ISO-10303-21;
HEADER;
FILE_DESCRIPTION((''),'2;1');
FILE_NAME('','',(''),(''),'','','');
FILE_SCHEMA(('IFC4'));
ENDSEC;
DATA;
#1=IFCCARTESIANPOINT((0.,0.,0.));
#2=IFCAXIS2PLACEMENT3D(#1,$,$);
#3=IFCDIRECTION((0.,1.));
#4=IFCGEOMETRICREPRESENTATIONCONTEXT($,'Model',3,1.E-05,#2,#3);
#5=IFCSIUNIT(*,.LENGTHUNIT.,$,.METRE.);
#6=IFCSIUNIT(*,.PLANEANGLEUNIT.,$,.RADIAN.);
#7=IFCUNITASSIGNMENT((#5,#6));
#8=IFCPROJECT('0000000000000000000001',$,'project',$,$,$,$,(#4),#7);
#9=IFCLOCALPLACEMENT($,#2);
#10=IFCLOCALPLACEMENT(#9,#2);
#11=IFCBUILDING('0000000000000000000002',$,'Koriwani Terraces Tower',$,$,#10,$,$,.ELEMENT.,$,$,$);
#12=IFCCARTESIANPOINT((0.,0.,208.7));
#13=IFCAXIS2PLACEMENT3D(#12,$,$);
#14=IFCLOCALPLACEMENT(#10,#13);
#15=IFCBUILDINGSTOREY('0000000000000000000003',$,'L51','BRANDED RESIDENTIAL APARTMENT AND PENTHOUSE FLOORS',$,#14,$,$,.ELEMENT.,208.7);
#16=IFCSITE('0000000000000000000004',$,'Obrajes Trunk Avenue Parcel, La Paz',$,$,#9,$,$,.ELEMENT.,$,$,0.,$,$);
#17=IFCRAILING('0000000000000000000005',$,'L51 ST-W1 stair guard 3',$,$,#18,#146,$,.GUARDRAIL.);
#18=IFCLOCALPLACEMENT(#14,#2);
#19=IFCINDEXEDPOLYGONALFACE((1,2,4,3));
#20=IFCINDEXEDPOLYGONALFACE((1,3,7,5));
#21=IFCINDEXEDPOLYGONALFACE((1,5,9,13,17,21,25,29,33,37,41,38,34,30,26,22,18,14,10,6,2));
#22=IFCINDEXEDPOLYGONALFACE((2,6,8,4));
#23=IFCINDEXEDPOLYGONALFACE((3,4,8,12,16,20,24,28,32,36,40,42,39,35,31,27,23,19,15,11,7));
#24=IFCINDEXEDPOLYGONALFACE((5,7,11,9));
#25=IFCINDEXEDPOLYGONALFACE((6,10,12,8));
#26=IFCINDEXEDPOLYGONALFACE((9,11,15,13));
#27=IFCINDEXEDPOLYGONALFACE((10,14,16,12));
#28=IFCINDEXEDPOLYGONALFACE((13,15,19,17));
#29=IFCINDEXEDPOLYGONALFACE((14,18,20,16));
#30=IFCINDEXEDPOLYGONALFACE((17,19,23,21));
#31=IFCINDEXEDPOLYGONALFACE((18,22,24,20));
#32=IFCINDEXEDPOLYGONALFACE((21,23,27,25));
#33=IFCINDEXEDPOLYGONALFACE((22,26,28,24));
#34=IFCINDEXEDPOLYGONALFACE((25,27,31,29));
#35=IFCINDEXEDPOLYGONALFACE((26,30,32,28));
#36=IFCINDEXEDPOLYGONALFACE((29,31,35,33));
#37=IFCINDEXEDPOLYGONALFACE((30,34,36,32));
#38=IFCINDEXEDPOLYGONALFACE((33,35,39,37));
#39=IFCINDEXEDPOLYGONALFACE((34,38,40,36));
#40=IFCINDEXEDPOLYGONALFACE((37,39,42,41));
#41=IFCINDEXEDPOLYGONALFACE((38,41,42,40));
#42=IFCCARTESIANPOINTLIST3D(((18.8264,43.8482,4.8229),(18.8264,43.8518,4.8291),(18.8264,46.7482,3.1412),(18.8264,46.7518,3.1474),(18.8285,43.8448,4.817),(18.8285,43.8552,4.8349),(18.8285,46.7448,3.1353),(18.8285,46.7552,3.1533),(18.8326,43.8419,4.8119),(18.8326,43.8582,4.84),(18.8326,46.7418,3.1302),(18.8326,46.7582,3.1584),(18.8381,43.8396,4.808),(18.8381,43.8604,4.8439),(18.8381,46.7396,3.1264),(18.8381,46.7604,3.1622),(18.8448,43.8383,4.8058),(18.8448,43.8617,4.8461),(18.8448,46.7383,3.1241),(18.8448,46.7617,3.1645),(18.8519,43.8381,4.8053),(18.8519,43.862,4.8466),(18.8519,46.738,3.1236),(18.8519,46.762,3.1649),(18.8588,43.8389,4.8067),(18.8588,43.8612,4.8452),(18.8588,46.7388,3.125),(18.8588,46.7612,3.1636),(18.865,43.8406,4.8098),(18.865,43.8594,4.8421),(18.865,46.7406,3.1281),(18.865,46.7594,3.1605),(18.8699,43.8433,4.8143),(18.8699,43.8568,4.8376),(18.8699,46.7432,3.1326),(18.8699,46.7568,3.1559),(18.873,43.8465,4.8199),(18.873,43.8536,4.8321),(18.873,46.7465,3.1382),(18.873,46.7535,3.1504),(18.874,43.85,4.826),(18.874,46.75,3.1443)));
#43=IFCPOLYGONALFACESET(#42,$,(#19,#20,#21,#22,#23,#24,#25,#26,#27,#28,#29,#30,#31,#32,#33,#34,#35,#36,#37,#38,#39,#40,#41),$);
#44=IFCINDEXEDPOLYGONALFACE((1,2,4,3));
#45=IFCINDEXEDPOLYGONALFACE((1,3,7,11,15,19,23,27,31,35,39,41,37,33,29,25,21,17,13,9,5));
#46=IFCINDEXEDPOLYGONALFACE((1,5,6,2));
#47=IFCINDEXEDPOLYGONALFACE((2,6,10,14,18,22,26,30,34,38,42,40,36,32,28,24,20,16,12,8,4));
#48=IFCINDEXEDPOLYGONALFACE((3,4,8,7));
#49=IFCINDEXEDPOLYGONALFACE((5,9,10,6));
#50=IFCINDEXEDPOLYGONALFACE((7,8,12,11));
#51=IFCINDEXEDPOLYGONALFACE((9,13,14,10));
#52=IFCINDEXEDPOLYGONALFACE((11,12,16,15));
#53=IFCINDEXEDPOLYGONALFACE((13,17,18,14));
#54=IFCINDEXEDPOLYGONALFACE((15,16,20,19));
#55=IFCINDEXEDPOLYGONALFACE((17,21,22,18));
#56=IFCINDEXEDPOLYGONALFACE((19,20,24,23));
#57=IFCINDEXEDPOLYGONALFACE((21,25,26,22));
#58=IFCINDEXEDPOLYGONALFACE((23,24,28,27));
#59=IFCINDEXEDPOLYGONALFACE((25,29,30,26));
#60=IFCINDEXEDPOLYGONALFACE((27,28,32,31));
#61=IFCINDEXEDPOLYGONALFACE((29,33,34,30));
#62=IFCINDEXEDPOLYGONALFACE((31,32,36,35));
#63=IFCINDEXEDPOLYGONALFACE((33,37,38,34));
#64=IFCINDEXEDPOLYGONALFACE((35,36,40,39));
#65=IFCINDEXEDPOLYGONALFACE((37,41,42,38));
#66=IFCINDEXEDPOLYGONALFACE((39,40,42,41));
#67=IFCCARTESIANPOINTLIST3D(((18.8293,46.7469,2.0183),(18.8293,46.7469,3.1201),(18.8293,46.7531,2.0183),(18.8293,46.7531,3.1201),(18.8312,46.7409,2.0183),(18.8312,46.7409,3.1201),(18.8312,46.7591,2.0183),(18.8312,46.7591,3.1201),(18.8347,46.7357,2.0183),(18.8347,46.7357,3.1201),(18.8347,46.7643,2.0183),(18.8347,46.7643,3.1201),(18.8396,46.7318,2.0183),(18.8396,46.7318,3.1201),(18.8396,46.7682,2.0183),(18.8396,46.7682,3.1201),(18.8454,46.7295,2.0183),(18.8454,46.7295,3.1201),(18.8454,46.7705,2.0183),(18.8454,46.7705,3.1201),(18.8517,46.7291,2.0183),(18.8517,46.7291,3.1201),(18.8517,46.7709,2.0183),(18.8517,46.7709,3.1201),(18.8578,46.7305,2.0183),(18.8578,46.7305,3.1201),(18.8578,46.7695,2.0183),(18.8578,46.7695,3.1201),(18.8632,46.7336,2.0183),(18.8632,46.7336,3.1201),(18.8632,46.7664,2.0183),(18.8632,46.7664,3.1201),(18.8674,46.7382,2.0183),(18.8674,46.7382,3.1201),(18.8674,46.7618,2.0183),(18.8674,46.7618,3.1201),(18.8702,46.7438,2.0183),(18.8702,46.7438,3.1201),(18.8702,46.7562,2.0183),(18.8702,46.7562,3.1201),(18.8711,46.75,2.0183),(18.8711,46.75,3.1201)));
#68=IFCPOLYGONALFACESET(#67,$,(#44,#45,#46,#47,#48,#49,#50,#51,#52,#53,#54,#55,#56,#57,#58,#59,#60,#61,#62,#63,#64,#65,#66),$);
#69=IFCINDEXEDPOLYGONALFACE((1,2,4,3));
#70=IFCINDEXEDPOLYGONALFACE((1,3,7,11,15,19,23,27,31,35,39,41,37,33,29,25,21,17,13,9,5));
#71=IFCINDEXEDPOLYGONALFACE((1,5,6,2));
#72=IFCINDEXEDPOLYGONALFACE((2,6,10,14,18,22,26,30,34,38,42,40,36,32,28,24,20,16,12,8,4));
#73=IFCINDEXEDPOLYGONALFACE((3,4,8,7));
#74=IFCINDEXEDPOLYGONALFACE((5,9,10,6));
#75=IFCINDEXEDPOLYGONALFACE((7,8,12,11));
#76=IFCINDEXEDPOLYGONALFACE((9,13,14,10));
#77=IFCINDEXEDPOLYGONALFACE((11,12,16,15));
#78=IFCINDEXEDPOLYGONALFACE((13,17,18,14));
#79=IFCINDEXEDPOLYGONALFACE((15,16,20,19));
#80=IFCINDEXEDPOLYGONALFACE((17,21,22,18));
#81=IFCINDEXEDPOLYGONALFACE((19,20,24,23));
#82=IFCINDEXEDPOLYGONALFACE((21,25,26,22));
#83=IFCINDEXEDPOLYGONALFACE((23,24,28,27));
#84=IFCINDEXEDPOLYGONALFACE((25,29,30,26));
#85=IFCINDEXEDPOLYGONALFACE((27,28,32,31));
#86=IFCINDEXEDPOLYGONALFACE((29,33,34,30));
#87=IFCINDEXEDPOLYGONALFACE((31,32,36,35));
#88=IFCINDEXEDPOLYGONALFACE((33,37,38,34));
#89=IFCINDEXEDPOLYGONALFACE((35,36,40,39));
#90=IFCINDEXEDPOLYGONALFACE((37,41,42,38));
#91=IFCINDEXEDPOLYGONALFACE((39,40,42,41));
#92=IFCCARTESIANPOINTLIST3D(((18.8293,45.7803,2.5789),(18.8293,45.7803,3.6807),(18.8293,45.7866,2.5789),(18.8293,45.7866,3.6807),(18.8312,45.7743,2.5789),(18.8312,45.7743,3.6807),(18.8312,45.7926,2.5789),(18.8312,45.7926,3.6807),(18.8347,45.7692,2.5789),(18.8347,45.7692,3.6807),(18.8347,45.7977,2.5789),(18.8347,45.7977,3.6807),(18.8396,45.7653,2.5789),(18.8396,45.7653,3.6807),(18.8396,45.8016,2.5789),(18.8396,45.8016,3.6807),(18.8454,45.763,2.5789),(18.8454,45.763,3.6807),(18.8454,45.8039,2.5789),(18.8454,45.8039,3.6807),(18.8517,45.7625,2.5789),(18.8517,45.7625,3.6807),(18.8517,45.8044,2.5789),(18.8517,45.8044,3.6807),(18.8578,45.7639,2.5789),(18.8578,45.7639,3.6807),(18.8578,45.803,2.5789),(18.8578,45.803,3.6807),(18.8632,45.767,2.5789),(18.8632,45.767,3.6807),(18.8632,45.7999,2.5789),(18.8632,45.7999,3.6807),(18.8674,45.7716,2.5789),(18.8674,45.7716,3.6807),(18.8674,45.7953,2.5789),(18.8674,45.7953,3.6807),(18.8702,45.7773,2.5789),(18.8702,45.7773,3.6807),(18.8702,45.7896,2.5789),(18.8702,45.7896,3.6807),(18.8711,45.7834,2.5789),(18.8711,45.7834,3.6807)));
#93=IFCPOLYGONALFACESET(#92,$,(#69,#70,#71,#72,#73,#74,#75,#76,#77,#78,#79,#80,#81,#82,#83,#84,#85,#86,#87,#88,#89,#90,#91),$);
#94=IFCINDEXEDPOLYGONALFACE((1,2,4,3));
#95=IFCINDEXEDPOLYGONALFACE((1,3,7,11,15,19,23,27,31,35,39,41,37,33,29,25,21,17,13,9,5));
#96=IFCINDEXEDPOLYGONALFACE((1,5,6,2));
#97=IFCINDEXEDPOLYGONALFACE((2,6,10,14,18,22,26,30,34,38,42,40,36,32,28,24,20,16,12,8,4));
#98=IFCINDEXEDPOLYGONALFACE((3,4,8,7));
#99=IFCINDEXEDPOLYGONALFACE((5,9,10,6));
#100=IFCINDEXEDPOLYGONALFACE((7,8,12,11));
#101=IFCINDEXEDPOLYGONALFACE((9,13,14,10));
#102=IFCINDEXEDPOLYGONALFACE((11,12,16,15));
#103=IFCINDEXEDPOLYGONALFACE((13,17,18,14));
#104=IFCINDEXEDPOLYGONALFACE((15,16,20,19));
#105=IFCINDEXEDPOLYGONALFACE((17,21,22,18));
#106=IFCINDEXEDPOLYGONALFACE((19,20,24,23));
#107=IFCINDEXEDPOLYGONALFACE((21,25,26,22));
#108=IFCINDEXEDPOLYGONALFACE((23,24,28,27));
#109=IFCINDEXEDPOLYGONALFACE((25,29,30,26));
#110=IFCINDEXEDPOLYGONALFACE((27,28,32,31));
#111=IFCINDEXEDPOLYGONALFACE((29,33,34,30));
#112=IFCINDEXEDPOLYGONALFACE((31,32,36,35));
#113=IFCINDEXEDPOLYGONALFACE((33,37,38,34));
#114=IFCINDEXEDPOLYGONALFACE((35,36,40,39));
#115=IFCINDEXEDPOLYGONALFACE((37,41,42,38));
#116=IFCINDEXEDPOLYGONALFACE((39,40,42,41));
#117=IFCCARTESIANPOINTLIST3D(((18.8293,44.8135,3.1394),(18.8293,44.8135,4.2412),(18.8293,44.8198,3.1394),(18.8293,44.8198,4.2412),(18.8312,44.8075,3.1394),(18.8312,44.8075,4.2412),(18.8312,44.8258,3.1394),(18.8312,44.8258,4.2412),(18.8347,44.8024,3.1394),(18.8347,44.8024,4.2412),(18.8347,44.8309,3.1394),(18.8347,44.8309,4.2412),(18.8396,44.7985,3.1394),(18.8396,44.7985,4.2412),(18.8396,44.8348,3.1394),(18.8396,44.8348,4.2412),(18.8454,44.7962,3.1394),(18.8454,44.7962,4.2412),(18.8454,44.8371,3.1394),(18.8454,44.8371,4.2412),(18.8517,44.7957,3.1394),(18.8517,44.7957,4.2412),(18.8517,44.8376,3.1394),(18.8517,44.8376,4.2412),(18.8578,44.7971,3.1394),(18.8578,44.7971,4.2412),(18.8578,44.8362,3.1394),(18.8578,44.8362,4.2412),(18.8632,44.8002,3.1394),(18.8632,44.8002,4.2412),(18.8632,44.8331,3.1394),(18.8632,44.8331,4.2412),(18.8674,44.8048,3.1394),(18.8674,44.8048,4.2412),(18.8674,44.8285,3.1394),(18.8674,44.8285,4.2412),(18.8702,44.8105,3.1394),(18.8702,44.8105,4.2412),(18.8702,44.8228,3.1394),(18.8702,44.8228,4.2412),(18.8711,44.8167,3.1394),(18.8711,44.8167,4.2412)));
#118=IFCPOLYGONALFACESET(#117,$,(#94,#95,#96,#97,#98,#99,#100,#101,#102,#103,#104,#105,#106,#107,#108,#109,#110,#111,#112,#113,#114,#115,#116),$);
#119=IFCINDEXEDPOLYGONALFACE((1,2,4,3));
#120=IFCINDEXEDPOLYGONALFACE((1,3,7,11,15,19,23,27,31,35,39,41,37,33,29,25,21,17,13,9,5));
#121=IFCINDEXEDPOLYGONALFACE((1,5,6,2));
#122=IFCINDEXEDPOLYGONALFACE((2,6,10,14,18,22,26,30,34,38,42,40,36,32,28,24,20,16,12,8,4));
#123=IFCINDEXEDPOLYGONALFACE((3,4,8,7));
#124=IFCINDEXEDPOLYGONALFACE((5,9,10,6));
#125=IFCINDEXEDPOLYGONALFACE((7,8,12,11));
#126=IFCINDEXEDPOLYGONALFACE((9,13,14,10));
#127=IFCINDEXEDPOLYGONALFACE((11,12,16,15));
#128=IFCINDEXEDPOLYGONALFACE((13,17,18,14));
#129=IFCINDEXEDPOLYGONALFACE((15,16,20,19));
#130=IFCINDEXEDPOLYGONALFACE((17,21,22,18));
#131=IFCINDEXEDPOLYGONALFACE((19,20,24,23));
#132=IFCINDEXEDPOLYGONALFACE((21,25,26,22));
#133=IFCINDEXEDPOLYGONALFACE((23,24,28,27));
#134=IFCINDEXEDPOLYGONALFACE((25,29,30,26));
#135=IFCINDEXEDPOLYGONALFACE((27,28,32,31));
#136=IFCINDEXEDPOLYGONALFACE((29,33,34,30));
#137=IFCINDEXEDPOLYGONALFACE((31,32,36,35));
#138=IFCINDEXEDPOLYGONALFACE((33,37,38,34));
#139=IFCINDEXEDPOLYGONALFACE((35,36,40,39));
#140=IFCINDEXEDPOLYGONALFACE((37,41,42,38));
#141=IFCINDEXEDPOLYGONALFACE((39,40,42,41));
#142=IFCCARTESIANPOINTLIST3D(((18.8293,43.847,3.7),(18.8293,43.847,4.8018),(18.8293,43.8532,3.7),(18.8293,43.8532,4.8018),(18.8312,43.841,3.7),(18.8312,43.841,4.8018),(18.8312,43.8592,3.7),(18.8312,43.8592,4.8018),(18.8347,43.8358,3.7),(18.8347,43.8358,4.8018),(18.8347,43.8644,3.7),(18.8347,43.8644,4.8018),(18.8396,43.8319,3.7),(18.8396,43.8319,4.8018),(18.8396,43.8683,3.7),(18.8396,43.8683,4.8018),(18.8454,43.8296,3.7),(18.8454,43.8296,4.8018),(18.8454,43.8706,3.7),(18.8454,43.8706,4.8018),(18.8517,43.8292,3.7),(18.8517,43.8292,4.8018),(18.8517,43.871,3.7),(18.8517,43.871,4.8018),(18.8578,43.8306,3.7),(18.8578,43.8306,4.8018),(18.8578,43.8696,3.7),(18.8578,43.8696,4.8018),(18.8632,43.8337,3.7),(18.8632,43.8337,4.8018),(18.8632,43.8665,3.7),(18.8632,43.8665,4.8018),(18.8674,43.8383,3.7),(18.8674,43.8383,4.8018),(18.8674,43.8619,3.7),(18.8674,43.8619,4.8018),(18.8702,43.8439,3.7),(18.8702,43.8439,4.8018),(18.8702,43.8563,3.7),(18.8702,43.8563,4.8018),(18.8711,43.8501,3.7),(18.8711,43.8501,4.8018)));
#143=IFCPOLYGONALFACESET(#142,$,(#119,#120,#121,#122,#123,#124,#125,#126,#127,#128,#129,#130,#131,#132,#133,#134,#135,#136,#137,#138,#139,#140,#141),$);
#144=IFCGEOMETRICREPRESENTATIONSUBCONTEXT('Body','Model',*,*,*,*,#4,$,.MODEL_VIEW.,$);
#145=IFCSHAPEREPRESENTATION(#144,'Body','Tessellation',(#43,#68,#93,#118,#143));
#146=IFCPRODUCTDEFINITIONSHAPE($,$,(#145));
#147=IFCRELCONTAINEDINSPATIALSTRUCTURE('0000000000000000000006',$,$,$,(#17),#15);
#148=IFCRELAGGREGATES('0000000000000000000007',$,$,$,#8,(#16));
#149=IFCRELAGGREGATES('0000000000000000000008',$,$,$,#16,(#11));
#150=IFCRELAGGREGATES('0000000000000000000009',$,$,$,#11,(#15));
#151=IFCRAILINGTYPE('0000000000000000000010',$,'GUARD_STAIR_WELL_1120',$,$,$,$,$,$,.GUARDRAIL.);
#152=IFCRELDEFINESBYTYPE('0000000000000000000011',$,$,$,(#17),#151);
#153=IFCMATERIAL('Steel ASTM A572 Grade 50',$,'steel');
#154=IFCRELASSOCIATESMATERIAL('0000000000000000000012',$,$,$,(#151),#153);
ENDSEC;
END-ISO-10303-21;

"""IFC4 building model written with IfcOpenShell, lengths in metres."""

from ifc_helpers import new_model, si_unit, direction, frame, origin, origin_2d, place, context, subcontext, project, spatial, circle, extrude, material, type_object, element, save


model = new_model("IFC4")

# Units and contexts
model_context = context("Model", 3, precision=1e-05, world=origin(), true_north=direction((0.0, 1.0)))
body_context = subcontext(model_context, "Body", "Model", "MODEL_VIEW")
ifc_project = project(units=[si_unit("LENGTHUNIT", "METRE"), si_unit("PLANEANGLEUNIT", "RADIAN")], contexts=[model_context])

# Site, building, storey
site_placement = place(None, origin())
site = spatial("IfcSite", under=ifc_project, at=site_placement, Name="Obrajes Trunk Avenue Parcel, La Paz", CompositionType="ELEMENT", RefElevation=0.0)
building_placement = place(site_placement, origin())
building = spatial("IfcBuilding", under=site, at=building_placement, Name="Koriwani Terraces Tower", CompositionType="ELEMENT")
storey_placement = place(building_placement, frame((0.0, 0.0, 208.7)))
storey = spatial("IfcBuildingStorey", under=building, at=storey_placement, Name="L51", Description="BRANDED RESIDENTIAL APARTMENT AND PENTHOUSE FLOORS", CompositionType="ELEMENT", Elevation=208.7)

# Shared definitions
ifc_material_1 = material(Name="Steel ASTM A572 Grade 50", Category="steel")

# Railing
railing_type_1 = type_object("IfcRailingType", Name="GUARD_STAIR_WELL_1120", PredefinedType="GUARDRAIL", material=ifc_material_1)
railing_1_placement = place(storey_placement, frame((18.8501, 46.75, 2.0183)))
element("IfcRailing", 1, at=railing_1_placement, inside=storey, type_object=railing_type_1, Name="L51 ST-W1 stair guard 3", PredefinedType="GUARDRAIL", context=body_context, shape_type="SweptSolid", body=[
    extrude(circle(Radius=0.0239, at=origin_2d()), frame((0.0, 0.0, 1.126), z_axis=(0.0, -0.86507, 0.501651), x_axis=(1.0, 0.0, 0.0)), (0.0, 0.0, 1.0), 3.3523),
    extrude(circle(Radius=0.021, at=origin_2d()), origin(), (0.0, 0.0, 1.0), 1.1018),
    extrude(circle(Radius=0.021, at=origin_2d()), frame((0.0, -0.9666, 0.5605)), (0.0, 0.0, 1.0), 1.1018),
    extrude(circle(Radius=0.021, at=origin_2d()), frame((0.0, -1.9333, 1.1211)), (0.0, 0.0, 1.0), 1.1018),
    extrude(circle(Radius=0.021, at=origin_2d()), frame((0.0, -2.8999, 1.6816)), (0.0, 0.0, 1.0), 1.1018),
])

save(model, "model.ifc")
